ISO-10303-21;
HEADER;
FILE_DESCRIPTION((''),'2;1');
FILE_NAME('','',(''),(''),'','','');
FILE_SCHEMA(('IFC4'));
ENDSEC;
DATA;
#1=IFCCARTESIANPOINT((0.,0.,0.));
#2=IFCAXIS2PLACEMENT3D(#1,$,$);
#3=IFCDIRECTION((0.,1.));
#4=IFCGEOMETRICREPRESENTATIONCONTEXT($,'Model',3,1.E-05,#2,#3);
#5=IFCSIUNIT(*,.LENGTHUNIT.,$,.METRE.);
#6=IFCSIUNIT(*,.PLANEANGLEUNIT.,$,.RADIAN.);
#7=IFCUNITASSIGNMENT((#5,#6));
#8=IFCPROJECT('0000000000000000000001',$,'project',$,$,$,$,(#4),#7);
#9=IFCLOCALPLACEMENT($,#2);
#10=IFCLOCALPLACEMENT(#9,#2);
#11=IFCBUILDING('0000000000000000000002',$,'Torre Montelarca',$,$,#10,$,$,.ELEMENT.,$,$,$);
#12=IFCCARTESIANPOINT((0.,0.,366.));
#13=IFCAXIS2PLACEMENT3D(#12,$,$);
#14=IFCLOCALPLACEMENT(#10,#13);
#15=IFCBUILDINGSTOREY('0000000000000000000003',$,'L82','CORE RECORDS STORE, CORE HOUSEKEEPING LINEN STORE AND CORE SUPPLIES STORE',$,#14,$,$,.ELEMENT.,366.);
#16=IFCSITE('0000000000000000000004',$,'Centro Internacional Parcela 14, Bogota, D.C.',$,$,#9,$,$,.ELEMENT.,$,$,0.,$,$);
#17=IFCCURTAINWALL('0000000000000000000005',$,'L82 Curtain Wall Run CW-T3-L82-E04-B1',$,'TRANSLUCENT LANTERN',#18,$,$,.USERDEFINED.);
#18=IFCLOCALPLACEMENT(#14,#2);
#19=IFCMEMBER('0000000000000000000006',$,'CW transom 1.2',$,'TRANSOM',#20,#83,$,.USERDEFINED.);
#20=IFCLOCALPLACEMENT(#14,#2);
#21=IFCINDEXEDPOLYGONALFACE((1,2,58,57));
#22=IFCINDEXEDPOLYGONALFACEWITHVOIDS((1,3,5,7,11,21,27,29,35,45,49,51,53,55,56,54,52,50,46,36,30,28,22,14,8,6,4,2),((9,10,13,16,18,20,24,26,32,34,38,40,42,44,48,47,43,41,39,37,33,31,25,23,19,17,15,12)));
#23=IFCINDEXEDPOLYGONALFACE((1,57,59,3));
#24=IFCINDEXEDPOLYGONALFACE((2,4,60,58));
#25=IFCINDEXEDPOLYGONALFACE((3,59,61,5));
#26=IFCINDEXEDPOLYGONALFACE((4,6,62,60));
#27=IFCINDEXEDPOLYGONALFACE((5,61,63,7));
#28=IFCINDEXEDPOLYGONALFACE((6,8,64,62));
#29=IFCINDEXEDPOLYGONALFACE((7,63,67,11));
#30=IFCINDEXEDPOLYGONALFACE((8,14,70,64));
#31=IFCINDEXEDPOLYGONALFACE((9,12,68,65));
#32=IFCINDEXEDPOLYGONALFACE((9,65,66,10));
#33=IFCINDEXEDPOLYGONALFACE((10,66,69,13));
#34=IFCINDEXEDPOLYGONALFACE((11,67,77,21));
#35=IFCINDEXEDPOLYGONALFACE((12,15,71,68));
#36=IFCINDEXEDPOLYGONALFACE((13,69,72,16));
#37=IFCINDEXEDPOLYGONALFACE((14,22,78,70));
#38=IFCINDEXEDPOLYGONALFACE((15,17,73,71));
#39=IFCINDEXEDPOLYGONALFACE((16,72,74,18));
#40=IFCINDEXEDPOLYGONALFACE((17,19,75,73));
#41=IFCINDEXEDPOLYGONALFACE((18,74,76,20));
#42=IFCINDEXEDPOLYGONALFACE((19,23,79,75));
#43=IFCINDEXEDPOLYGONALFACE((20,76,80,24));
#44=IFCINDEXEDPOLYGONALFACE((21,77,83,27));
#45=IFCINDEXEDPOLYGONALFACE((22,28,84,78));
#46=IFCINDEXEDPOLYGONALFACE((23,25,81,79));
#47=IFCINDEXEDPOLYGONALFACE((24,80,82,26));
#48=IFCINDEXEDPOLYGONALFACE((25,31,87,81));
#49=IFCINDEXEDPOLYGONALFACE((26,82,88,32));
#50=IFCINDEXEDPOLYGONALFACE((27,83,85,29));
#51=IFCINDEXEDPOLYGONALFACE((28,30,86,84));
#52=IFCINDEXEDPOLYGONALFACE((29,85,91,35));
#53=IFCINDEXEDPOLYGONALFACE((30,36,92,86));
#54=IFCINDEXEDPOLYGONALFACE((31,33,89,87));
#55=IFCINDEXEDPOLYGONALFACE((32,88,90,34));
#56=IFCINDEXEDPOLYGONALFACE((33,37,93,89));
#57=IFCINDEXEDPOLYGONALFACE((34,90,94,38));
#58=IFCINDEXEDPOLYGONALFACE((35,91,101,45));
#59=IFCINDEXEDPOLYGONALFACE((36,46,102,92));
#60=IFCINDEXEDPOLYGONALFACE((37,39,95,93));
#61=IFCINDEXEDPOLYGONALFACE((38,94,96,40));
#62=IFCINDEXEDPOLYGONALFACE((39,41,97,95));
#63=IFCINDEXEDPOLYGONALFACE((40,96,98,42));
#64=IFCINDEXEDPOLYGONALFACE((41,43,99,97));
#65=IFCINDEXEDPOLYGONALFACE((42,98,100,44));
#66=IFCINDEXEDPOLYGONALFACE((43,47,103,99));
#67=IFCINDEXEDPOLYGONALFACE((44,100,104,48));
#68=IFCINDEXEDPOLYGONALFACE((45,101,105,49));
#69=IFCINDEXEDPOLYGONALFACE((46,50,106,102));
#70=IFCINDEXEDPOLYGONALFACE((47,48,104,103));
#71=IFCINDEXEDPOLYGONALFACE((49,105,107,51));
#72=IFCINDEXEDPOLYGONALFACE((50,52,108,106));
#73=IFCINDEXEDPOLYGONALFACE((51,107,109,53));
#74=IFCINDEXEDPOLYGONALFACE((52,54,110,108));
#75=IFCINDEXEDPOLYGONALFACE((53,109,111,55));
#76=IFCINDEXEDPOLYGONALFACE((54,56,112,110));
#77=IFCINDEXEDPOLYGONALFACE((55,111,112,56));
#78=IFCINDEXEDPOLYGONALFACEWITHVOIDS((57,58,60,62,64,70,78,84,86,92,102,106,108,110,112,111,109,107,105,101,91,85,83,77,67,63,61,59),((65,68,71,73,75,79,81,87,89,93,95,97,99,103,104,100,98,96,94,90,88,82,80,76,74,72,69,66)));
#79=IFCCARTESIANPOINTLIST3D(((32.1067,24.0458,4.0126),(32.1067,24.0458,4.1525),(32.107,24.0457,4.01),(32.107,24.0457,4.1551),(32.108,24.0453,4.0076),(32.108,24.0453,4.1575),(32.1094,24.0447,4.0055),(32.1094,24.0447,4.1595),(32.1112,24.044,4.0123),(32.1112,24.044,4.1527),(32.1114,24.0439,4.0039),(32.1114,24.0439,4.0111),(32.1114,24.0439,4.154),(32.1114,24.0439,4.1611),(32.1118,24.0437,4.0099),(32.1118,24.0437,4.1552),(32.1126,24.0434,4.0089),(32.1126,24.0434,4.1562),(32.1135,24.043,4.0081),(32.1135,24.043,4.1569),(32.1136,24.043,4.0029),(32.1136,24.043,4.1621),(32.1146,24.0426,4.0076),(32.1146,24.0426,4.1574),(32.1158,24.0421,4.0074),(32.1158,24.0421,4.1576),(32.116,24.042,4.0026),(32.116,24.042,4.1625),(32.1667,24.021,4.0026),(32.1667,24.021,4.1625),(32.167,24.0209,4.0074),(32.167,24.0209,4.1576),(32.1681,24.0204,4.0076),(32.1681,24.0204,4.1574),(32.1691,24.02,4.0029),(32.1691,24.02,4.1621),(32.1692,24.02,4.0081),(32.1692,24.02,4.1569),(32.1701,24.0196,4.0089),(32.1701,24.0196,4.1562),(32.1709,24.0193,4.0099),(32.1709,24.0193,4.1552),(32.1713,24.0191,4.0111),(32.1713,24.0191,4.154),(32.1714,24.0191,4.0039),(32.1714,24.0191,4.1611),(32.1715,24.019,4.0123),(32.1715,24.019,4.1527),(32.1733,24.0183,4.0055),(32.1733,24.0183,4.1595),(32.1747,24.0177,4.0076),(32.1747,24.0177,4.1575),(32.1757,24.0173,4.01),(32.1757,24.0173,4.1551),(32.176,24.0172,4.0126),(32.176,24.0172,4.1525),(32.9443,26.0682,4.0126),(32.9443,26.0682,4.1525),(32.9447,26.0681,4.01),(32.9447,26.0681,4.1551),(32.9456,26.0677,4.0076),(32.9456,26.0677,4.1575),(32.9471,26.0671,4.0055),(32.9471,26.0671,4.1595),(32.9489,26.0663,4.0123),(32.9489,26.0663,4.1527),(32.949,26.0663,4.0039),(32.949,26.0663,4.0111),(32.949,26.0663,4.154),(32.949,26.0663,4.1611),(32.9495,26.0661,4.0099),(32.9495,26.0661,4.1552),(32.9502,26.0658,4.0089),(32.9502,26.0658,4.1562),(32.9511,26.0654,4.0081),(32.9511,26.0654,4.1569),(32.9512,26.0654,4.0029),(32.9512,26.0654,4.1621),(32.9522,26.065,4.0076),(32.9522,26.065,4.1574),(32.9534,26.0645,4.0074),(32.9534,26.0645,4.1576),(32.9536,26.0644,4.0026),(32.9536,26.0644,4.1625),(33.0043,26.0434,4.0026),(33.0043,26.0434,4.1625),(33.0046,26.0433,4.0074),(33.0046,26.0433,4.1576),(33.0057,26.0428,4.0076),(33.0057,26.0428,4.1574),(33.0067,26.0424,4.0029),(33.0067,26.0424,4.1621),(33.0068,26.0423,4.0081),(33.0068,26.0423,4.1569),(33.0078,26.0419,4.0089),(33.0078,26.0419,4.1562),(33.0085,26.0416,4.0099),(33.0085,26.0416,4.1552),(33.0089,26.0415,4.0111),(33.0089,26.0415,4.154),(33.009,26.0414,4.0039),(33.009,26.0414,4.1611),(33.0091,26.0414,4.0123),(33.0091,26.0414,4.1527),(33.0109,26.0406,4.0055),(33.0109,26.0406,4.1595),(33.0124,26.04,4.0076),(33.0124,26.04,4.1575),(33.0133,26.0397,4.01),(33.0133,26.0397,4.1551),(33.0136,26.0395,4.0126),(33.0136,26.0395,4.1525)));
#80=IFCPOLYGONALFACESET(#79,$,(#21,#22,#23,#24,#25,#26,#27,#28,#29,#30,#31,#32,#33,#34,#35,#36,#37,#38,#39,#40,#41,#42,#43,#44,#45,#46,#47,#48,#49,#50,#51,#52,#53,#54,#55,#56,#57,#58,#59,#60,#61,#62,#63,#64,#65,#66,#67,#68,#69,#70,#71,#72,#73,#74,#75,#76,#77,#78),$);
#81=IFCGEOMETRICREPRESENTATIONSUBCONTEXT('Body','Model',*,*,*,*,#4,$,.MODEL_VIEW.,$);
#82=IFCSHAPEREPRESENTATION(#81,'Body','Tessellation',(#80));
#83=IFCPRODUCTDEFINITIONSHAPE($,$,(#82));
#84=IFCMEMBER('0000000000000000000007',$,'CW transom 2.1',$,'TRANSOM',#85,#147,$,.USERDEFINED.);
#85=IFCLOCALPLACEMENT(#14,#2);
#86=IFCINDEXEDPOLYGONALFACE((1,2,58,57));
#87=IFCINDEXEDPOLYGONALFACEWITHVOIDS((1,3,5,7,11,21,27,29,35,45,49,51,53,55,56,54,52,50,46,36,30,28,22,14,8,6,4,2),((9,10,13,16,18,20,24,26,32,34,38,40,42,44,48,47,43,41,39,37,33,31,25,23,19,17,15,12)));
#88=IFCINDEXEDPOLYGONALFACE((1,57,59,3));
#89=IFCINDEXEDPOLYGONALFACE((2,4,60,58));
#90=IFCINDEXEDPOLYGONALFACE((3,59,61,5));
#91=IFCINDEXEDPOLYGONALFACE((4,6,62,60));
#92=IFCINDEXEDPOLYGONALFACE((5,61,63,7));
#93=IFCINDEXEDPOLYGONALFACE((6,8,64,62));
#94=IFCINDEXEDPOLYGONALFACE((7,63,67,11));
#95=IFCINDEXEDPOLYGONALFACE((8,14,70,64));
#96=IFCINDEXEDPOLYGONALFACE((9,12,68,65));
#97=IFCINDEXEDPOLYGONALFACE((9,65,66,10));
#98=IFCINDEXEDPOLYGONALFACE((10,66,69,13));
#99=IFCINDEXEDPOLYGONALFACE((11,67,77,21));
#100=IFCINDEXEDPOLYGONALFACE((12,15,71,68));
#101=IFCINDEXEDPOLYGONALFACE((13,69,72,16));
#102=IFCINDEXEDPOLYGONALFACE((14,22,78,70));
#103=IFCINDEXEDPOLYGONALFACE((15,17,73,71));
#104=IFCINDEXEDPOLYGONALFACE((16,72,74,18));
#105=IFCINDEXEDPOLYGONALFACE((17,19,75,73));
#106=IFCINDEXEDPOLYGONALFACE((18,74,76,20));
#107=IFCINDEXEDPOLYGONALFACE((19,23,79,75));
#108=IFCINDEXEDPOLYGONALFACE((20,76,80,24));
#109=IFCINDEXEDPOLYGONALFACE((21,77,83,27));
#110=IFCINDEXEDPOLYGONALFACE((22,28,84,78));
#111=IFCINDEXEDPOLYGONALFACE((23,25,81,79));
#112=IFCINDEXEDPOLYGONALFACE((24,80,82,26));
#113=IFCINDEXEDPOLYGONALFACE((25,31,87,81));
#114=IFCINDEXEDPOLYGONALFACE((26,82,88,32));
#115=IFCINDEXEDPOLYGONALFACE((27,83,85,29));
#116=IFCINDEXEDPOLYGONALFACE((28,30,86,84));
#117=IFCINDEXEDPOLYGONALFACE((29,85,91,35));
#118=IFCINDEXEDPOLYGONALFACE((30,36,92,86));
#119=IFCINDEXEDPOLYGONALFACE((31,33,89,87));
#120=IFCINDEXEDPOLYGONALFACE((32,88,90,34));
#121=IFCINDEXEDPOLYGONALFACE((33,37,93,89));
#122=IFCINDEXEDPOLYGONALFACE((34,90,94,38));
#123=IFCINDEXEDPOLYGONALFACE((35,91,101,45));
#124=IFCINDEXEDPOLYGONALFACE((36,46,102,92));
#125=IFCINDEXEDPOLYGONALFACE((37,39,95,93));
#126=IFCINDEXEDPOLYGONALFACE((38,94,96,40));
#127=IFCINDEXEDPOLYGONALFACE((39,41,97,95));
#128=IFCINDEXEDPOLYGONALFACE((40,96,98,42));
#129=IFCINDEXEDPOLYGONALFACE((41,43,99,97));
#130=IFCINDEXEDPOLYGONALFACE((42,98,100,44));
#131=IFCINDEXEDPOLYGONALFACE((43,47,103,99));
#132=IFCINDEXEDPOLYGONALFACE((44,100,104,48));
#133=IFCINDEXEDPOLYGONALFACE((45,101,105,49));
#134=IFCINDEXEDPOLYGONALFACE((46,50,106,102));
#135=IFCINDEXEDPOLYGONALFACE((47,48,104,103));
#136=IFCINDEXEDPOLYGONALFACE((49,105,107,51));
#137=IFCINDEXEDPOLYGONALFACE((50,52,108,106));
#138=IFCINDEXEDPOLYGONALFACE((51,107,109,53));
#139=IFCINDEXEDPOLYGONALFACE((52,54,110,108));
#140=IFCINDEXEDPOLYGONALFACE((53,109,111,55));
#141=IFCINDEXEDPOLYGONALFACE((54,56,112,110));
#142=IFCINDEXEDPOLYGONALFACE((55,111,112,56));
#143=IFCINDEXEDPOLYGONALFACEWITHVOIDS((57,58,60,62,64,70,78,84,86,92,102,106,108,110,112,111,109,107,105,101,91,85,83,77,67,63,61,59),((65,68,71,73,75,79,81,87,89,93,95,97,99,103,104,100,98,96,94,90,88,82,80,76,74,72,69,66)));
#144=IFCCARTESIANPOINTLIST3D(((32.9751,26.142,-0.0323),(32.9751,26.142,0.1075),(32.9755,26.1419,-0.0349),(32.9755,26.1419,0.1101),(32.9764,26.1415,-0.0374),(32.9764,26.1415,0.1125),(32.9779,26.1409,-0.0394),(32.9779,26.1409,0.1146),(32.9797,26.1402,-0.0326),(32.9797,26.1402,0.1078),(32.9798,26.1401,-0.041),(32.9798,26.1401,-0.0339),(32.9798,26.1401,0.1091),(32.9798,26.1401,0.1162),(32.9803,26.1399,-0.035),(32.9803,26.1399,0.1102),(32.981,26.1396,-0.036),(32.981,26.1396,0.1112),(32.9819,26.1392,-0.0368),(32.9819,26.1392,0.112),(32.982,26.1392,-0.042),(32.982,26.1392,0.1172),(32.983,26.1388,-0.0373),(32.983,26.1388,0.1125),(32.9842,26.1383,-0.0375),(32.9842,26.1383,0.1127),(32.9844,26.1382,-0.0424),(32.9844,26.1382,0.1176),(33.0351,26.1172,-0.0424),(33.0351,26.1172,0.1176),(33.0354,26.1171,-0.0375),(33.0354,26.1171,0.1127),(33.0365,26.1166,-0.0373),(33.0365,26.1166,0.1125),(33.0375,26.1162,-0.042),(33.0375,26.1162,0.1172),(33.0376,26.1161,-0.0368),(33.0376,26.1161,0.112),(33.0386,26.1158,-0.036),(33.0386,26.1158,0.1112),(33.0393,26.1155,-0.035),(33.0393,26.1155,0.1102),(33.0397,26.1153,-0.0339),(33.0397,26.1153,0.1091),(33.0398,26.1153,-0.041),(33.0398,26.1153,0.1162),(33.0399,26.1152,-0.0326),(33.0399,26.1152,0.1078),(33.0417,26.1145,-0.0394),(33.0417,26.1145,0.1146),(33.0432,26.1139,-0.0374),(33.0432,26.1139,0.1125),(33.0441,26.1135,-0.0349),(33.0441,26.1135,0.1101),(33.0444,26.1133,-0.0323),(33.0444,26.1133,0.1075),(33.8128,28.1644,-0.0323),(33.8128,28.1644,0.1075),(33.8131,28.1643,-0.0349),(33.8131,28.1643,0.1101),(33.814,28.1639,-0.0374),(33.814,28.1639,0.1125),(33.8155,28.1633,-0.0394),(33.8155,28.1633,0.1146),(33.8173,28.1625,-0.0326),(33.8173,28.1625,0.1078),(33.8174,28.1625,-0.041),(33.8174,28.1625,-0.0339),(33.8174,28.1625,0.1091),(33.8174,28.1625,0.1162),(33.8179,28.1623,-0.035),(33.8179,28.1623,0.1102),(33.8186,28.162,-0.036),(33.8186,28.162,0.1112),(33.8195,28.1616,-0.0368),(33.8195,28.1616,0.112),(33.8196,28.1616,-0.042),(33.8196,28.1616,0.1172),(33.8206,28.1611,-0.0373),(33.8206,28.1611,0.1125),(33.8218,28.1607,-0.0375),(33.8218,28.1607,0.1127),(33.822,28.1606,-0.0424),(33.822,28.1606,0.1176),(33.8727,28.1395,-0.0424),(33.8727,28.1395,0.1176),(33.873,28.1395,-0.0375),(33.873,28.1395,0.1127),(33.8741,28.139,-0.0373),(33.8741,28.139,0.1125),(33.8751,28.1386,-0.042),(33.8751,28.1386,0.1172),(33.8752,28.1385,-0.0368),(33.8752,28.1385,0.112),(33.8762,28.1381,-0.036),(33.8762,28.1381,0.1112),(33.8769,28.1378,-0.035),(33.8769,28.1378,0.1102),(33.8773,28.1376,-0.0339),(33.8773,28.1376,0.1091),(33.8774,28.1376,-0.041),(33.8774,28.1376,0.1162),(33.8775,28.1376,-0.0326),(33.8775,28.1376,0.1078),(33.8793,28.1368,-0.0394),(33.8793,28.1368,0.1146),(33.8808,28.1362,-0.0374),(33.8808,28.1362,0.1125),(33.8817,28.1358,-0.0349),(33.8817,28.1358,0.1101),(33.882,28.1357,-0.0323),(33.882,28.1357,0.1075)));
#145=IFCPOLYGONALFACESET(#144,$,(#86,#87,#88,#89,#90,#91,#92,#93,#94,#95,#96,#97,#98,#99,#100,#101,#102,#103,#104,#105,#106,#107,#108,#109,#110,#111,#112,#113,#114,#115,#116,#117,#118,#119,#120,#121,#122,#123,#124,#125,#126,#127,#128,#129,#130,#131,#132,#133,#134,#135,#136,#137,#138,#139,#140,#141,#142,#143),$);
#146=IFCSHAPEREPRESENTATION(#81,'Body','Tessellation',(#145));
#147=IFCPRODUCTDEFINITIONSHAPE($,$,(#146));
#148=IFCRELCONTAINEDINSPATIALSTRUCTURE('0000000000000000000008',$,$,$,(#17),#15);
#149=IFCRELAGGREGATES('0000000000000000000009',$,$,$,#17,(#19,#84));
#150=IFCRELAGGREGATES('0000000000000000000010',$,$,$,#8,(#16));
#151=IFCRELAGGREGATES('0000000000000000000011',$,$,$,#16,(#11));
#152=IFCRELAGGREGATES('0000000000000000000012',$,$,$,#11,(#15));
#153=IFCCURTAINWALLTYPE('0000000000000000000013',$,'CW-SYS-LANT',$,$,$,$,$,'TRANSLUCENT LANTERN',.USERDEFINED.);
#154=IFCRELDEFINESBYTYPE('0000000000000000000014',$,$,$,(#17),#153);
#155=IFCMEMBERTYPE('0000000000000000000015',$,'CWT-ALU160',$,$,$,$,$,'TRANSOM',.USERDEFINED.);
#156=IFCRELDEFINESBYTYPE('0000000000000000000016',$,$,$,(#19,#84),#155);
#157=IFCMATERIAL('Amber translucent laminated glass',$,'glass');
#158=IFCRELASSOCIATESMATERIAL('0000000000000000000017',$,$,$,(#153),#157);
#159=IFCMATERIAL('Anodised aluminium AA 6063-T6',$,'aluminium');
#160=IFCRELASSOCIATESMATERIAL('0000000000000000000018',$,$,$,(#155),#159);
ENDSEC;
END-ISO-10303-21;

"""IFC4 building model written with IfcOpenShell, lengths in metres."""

from ifc_helpers import new_model, si_unit, direction, frame, origin, origin_2d, place, context, subcontext, project, spatial, hollow_rectangle, extrude, source, transform, mapped, material, material_profile, profile_set, type_object, element, aggregate, save


model = new_model("IFC4")

# Units and contexts
model_context = context("Model", 3, precision=1e-05, world=origin(), true_north=direction((0.0, 1.0)))
body_context = subcontext(model_context, "Body", "Model", "MODEL_VIEW")
ifc_project = project(units=[si_unit("LENGTHUNIT", "METRE"), si_unit("PLANEANGLEUNIT", "RADIAN")], contexts=[model_context])

# Site, building, storey
site_placement = place(None, origin())
site = spatial("IfcSite", under=ifc_project, at=site_placement, Name="Centro Internacional Parcela 14, Bogota, D.C.", CompositionType="ELEMENT", RefElevation=0.0)
building_placement = place(site_placement, origin())
building = spatial("IfcBuilding", under=site, at=building_placement, Name="Torre Montelarca", CompositionType="ELEMENT")
storey_placement = place(building_placement, frame((0.0, 0.0, 366.0)))
storey = spatial("IfcBuildingStorey", under=building, at=storey_placement, Name="L82", Description="CORE RECORDS STORE, CORE HOUSEKEEPING LINEN STORE AND CORE SUPPLIES STORE", CompositionType="ELEMENT", Elevation=366.0)

# Curtain wall
ifc_material_1 = material(Name="Amber translucent laminated glass", Category="glass")
curtain_wall_type = type_object("IfcCurtainWallType", Name="CW-SYS-LANT", ElementType="TRANSLUCENT LANTERN", PredefinedType="USERDEFINED", material=ifc_material_1)
ifc_material_2 = material(Name="Anodised aluminium AA 6063-T6", Category="aluminium")
curtain_wall_1_placement = place(storey_placement, origin())
curtain_wall_1 = element("IfcCurtainWall", 1, at=curtain_wall_1_placement, inside=storey, type_object=curtain_wall_type, Name="L82 Curtain Wall Run CW-T3-L82-E04-B1", ObjectType="TRANSLUCENT LANTERN", PredefinedType="USERDEFINED")
ifc_material_profile_1 = material_profile(ifc_material_2, hollow_rectangle(XDim=0.075, YDim=0.1599, WallThickness=0.0049, InnerFilletRadius=0.0049, OuterFilletRadius=0.01, at=origin_2d()), Name="ALU75X160X5", Category="aluminium")
ifc_profile_set_1 = profile_set([ifc_material_profile_1], Name="Anodised aluminium AA 6063-T6")
member_type_1 = type_object("IfcMemberType", Name="CWT-ALU160", ElementType="TRANSOM", PredefinedType="USERDEFINED", material=ifc_profile_set_1)

# Members
shared_shape_1 = source(origin(), body_context, "Body", "SweptSolid", [
    extrude(hollow_rectangle(XDim=0.075, YDim=0.1599, WallThickness=0.0049, InnerFilletRadius=0.0049, OuterFilletRadius=0.01, at=origin_2d()), origin(), (0.0, 0.0, 1.0), 2.189),
])
member_1_placement = place(storey_placement, frame((32.1414, 24.0315, 4.0825), z_axis=(0.382651, 0.923893, 0.0), x_axis=(-0.923893, 0.382651, 0.0)))
member_1 = element("IfcMember", 2, at=member_1_placement, type_object=member_type_1, Name="CW transom 1.2", ObjectType="TRANSOM", PredefinedType="USERDEFINED", context=body_context, shape_type="MappedRepresentation", body=[
    mapped(shared_shape_1, transform((0.0, 0.0, 0.0), scale=1.0)),
])
member_2_placement = place(storey_placement, frame((33.0098, 26.1277, 0.0376), z_axis=(0.382651, 0.923893, 0.0), x_axis=(-0.923893, 0.382651, 0.0)))
member_2 = element("IfcMember", 3, at=member_2_placement, type_object=member_type_1, Name="CW transom 2.1", ObjectType="TRANSOM", PredefinedType="USERDEFINED", context=body_context, shape_type="MappedRepresentation", body=[
    mapped(shared_shape_1, transform((0.0, 0.0, 0.0), scale=1.0)),
])

aggregate(curtain_wall_1, [member_1, member_2])

save(model, "model.ifc")
